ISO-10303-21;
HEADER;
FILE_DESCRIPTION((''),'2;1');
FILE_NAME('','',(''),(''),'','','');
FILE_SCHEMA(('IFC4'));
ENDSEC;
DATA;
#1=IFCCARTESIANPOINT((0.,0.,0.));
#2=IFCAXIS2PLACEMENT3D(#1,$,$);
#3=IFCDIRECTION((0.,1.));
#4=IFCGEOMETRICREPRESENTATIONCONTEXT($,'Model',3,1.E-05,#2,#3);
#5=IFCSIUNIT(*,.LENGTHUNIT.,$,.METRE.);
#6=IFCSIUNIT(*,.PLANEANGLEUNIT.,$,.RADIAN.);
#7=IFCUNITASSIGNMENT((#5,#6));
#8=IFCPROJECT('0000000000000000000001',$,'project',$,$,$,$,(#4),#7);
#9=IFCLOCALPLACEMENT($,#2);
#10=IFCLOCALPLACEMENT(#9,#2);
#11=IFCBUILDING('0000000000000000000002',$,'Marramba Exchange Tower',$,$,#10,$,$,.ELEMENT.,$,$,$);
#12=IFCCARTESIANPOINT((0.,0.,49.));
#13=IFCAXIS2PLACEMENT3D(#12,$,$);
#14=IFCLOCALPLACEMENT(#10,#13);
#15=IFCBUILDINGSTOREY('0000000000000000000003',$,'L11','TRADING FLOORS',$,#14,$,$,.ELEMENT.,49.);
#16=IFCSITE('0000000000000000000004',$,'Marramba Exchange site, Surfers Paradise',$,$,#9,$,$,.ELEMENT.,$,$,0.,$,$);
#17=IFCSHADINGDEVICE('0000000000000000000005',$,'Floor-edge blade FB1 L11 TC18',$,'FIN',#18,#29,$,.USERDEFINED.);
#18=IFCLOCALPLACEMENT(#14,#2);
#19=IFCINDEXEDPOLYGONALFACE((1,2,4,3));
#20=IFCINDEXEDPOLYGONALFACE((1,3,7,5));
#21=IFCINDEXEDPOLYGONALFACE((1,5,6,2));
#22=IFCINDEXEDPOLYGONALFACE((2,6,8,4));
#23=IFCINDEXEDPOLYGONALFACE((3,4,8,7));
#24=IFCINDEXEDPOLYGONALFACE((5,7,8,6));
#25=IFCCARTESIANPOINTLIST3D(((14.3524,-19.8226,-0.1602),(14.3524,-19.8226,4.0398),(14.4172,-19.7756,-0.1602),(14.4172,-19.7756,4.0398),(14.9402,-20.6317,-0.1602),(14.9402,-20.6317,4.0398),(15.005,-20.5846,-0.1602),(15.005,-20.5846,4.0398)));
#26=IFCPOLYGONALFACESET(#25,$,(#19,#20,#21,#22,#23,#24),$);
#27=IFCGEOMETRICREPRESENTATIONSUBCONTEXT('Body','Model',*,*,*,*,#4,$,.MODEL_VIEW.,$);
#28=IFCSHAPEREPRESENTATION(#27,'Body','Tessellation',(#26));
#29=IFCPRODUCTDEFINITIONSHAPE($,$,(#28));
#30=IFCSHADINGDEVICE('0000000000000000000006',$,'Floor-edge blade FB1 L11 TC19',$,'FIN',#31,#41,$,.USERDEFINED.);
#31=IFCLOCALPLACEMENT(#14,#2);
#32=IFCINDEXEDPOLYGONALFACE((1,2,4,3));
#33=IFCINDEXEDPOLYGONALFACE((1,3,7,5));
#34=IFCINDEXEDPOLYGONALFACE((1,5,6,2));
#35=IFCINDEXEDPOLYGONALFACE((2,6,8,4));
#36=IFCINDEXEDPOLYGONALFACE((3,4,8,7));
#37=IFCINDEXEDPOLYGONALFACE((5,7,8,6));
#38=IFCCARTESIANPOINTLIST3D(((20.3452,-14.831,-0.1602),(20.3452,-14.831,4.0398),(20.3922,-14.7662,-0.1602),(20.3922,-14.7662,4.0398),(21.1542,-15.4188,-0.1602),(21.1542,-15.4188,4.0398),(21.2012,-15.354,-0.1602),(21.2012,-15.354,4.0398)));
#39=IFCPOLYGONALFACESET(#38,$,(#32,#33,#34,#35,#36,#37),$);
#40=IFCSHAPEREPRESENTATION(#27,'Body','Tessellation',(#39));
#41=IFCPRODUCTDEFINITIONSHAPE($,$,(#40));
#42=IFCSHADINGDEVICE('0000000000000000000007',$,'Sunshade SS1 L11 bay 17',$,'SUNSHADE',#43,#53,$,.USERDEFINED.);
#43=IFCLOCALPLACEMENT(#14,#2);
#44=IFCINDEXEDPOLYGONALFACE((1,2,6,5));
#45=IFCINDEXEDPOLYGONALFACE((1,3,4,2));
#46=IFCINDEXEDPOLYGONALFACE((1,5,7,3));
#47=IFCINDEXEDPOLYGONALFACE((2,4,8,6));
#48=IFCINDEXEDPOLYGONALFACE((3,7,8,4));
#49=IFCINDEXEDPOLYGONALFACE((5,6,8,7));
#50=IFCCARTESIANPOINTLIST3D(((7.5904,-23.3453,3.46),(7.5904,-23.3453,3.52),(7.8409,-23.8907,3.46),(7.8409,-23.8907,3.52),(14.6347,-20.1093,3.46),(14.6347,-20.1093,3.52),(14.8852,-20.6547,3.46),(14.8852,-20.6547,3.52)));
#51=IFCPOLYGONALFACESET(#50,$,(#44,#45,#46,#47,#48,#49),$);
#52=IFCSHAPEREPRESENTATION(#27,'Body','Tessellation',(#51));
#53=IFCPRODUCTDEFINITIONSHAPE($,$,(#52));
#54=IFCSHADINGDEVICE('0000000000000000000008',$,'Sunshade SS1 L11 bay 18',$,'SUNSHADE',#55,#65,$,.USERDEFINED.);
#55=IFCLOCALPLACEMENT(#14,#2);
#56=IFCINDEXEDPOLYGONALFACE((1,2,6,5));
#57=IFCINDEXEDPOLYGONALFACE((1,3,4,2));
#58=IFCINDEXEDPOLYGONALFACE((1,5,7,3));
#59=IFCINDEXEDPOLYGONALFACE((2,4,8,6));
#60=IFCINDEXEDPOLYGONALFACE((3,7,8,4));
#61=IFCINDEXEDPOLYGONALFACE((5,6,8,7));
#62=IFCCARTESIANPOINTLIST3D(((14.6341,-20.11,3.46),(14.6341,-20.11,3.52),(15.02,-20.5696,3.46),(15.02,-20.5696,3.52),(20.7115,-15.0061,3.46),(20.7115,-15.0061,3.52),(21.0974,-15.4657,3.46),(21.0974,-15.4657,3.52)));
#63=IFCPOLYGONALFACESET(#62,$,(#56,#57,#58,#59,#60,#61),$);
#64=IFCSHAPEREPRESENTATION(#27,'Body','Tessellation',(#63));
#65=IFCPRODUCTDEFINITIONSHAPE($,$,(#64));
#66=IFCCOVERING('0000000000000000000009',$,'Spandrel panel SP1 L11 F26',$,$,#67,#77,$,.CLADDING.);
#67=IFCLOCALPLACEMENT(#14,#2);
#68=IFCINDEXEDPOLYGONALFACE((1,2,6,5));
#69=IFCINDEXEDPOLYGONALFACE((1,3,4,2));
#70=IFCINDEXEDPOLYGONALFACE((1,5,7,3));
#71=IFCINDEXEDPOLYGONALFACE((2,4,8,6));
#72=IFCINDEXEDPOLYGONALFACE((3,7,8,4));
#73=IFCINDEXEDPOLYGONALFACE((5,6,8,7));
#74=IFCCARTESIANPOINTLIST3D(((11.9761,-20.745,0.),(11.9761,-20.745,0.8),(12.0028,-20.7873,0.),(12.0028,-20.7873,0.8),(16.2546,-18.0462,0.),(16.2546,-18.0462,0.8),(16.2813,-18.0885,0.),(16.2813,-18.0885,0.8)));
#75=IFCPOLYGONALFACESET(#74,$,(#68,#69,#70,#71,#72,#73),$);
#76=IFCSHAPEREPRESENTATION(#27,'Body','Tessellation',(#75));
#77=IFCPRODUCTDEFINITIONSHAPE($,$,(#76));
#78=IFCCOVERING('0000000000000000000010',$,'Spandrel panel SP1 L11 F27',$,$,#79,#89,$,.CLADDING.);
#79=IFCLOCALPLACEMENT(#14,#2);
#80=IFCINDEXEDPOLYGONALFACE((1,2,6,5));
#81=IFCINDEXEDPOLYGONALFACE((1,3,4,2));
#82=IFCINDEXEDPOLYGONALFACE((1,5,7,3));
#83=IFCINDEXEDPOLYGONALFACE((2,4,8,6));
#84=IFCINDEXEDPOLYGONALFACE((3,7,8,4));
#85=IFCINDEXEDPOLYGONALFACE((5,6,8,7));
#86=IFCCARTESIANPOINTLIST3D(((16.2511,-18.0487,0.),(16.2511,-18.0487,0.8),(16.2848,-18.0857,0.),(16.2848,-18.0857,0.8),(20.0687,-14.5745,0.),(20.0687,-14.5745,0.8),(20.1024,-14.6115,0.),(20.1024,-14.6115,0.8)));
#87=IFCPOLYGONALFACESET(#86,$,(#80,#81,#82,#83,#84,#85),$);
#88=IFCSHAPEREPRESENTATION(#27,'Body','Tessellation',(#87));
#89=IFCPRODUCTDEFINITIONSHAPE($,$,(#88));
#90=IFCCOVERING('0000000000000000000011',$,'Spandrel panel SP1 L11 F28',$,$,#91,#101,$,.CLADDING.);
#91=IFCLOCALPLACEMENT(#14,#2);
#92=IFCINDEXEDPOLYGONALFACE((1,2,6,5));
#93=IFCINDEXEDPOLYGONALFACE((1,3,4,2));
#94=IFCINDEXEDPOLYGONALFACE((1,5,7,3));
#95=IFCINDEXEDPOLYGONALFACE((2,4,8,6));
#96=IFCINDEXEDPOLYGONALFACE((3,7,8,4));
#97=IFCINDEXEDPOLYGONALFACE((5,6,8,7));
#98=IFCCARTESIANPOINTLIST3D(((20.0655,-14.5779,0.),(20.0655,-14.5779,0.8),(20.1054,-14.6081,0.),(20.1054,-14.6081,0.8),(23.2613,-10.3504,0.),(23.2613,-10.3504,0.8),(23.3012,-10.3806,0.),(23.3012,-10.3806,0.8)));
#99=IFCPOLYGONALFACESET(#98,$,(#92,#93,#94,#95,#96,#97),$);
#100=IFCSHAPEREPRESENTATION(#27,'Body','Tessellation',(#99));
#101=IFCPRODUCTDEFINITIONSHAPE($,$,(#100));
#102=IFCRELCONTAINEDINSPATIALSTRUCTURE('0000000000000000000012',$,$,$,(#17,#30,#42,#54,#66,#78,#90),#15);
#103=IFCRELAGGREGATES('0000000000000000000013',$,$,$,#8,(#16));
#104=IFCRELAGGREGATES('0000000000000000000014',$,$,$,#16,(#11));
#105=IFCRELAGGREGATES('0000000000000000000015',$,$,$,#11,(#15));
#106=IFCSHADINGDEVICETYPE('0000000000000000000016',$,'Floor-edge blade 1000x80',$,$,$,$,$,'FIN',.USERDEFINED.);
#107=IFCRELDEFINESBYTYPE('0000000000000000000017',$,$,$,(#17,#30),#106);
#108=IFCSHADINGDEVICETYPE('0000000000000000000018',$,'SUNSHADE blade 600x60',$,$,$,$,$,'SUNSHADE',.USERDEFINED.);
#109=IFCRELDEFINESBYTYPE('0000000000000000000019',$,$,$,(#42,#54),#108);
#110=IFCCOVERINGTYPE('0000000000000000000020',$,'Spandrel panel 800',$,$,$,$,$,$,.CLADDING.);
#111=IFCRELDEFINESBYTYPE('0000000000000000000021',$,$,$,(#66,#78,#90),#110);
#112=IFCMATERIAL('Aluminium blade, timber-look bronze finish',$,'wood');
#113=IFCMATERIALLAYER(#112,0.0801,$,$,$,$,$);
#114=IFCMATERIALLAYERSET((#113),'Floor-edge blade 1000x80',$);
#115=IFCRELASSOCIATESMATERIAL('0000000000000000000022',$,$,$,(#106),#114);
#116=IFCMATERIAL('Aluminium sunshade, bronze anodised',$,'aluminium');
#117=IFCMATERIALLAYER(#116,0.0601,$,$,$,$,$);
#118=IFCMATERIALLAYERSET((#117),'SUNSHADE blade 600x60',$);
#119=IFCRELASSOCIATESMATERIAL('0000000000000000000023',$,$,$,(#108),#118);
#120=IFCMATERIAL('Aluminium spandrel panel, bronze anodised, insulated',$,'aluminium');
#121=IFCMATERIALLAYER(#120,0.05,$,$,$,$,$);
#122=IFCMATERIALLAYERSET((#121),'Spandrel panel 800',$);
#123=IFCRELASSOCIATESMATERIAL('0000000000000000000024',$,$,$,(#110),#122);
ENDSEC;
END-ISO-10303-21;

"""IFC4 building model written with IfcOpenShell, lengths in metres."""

from ifc_helpers import new_model, si_unit, direction, frame, origin, origin_2d, place, context, subcontext, project, spatial, rectangle, extrude, material, layer, layer_set, type_object, element, save


model = new_model("IFC4")

# Units and contexts
model_context = context("Model", 3, precision=1e-05, world=origin(), true_north=direction((0.0, 1.0)))
body_context = subcontext(model_context, "Body", "Model", "MODEL_VIEW")
ifc_project = project(units=[si_unit("LENGTHUNIT", "METRE"), si_unit("PLANEANGLEUNIT", "RADIAN")], contexts=[model_context])

# Site, building, storey
site_placement = place(None, origin())
site = spatial("IfcSite", under=ifc_project, at=site_placement, Name="Marramba Exchange site, Surfers Paradise", CompositionType="ELEMENT", RefElevation=0.0)
building_placement = place(site_placement, origin())
building = spatial("IfcBuilding", under=site, at=building_placement, Name="Marramba Exchange Tower", CompositionType="ELEMENT")
storey_placement = place(building_placement, frame((0.0, 0.0, 49.0)))
storey = spatial("IfcBuildingStorey", under=building, at=storey_placement, Name="L11", Description="TRADING FLOORS", CompositionType="ELEMENT", Elevation=49.0)

# Shading devices
ifc_material_1 = material(Name="Aluminium blade, timber-look bronze finish", Category="wood")
ifc_layer_1 = layer(ifc_material_1, 0.0801)
ifc_layer_set_1 = layer_set([ifc_layer_1], Name="Floor-edge blade 1000x80")
shading_device_type_1 = type_object("IfcShadingDeviceType", Name="Floor-edge blade 1000x80", ElementType="FIN", PredefinedType="USERDEFINED", material=ifc_layer_set_1)
for number, where, z_axis, x_axis, name in (
    (1, (14.6787, -20.2036, -0.1602), (0.0, 0.0, 1.0), (0.587785, -0.809017, 0.0), "Floor-edge blade FB1 L11 TC18"),
    (2, (20.7732, -15.0925, -0.1602), (0.0, 0.0, 1.0), (0.809017, -0.587785, 0.0), "Floor-edge blade FB1 L11 TC19"),
):
    element("IfcShadingDevice", number, at=place(storey_placement, frame(where, z_axis=z_axis, x_axis=x_axis)), inside=storey, type_object=shading_device_type_1, Name=name, ObjectType="FIN", PredefinedType="USERDEFINED", context=body_context, shape_type="SweptSolid", body=[
        extrude(rectangle(XDim=1.0, YDim=0.0801, at=origin_2d()), origin(), (0.0, 0.0, 1.0), 4.2),
    ])
ifc_material_2 = material(Name="Aluminium sunshade, bronze anodised", Category="aluminium")
ifc_layer_2 = layer(ifc_material_2, 0.0601)
ifc_layer_set_2 = layer_set([ifc_layer_2], Name="SUNSHADE blade 600x60")
shading_device_type_2 = type_object("IfcShadingDeviceType", Name="SUNSHADE blade 600x60", ElementType="SUNSHADE", PredefinedType="USERDEFINED", material=ifc_layer_set_2)
shading_device_1_placement = place(storey_placement, frame((11.2378, -22.0, 3.46), z_axis=(0.0, 0.0, 1.0), x_axis=(0.908704, 0.417442, 0.0)))
element("IfcShadingDevice", 3, at=shading_device_1_placement, inside=storey, type_object=shading_device_type_2, Name="Sunshade SS1 L11 bay 17", ObjectType="SUNSHADE", PredefinedType="USERDEFINED", context=body_context, shape_type="SweptSolid", body=[
    extrude(rectangle(XDim=7.752, YDim=0.6001, at=origin_2d()), origin(), (0.0, 0.0, 1.0), 0.0601),
])
shading_device_2_placement = place(storey_placement, frame((17.8657, -17.7878, 3.46), z_axis=(0.0, 0.0, 1.0), x_axis=(0.765776, 0.643107, 0.0)))
element("IfcShadingDevice", 4, at=shading_device_2_placement, inside=storey, type_object=shading_device_type_2, Name="Sunshade SS1 L11 bay 18", ObjectType="SUNSHADE", PredefinedType="USERDEFINED", context=body_context, shape_type="SweptSolid", body=[
    extrude(rectangle(XDim=7.9363, YDim=0.6001, at=origin_2d()), origin(), (0.0, 0.0, 1.0), 0.0601),
])

# Coverings
ifc_material_3 = material(Name="Aluminium spandrel panel, bronze anodised, insulated", Category="aluminium")
ifc_layer_3 = layer(ifc_material_3, 0.05)
ifc_layer_set_3 = layer_set([ifc_layer_3], Name="Spandrel panel 800")
covering_type = type_object("IfcCoveringType", Name="Spandrel panel 800", PredefinedType="CLADDING", material=ifc_layer_set_3)
covering_1_placement = place(storey_placement, frame((14.1287, -19.4167, 0.0), z_axis=(0.0, 0.0, 1.0), x_axis=(0.845791, 0.533515, 0.0)))
element("IfcCovering", 5, at=covering_1_placement, inside=storey, type_object=covering_type, Name="Spandrel panel SP1 L11 F26", PredefinedType="CLADDING", context=body_context, shape_type="SweptSolid", body=[
    extrude(rectangle(XDim=5.0586, YDim=0.05, at=origin_2d()), origin(), (0.0, 0.0, 1.0), 0.8),
])
covering_2_placement = place(storey_placement, frame((18.1768, -16.3301, 0.0), z_axis=(0.0, 0.0, 1.0), x_axis=(0.73959, 0.673058, 0.0)))
element("IfcCovering", 6, at=covering_2_placement, inside=storey, type_object=covering_type, Name="Spandrel panel SP1 L11 F27", PredefinedType="CLADDING", context=body_context, shape_type="SweptSolid", body=[
    extrude(rectangle(XDim=5.1619, YDim=0.05, at=origin_2d()), origin(), (0.0, 0.0, 1.0), 0.8),
])
covering_3_placement = place(storey_placement, frame((21.6833, -12.4792, 0.0), z_axis=(0.0, 0.0, 1.0), x_axis=(0.60304, 0.797711, 0.0)))
element("IfcCovering", 7, at=covering_3_placement, inside=storey, type_object=covering_type, Name="Spandrel panel SP1 L11 F28", PredefinedType="CLADDING", context=body_context, shape_type="SweptSolid", body=[
    extrude(rectangle(XDim=5.2996, YDim=0.05, at=origin_2d()), origin(), (0.0, 0.0, 1.0), 0.8),
])

save(model, "model.ifc")
